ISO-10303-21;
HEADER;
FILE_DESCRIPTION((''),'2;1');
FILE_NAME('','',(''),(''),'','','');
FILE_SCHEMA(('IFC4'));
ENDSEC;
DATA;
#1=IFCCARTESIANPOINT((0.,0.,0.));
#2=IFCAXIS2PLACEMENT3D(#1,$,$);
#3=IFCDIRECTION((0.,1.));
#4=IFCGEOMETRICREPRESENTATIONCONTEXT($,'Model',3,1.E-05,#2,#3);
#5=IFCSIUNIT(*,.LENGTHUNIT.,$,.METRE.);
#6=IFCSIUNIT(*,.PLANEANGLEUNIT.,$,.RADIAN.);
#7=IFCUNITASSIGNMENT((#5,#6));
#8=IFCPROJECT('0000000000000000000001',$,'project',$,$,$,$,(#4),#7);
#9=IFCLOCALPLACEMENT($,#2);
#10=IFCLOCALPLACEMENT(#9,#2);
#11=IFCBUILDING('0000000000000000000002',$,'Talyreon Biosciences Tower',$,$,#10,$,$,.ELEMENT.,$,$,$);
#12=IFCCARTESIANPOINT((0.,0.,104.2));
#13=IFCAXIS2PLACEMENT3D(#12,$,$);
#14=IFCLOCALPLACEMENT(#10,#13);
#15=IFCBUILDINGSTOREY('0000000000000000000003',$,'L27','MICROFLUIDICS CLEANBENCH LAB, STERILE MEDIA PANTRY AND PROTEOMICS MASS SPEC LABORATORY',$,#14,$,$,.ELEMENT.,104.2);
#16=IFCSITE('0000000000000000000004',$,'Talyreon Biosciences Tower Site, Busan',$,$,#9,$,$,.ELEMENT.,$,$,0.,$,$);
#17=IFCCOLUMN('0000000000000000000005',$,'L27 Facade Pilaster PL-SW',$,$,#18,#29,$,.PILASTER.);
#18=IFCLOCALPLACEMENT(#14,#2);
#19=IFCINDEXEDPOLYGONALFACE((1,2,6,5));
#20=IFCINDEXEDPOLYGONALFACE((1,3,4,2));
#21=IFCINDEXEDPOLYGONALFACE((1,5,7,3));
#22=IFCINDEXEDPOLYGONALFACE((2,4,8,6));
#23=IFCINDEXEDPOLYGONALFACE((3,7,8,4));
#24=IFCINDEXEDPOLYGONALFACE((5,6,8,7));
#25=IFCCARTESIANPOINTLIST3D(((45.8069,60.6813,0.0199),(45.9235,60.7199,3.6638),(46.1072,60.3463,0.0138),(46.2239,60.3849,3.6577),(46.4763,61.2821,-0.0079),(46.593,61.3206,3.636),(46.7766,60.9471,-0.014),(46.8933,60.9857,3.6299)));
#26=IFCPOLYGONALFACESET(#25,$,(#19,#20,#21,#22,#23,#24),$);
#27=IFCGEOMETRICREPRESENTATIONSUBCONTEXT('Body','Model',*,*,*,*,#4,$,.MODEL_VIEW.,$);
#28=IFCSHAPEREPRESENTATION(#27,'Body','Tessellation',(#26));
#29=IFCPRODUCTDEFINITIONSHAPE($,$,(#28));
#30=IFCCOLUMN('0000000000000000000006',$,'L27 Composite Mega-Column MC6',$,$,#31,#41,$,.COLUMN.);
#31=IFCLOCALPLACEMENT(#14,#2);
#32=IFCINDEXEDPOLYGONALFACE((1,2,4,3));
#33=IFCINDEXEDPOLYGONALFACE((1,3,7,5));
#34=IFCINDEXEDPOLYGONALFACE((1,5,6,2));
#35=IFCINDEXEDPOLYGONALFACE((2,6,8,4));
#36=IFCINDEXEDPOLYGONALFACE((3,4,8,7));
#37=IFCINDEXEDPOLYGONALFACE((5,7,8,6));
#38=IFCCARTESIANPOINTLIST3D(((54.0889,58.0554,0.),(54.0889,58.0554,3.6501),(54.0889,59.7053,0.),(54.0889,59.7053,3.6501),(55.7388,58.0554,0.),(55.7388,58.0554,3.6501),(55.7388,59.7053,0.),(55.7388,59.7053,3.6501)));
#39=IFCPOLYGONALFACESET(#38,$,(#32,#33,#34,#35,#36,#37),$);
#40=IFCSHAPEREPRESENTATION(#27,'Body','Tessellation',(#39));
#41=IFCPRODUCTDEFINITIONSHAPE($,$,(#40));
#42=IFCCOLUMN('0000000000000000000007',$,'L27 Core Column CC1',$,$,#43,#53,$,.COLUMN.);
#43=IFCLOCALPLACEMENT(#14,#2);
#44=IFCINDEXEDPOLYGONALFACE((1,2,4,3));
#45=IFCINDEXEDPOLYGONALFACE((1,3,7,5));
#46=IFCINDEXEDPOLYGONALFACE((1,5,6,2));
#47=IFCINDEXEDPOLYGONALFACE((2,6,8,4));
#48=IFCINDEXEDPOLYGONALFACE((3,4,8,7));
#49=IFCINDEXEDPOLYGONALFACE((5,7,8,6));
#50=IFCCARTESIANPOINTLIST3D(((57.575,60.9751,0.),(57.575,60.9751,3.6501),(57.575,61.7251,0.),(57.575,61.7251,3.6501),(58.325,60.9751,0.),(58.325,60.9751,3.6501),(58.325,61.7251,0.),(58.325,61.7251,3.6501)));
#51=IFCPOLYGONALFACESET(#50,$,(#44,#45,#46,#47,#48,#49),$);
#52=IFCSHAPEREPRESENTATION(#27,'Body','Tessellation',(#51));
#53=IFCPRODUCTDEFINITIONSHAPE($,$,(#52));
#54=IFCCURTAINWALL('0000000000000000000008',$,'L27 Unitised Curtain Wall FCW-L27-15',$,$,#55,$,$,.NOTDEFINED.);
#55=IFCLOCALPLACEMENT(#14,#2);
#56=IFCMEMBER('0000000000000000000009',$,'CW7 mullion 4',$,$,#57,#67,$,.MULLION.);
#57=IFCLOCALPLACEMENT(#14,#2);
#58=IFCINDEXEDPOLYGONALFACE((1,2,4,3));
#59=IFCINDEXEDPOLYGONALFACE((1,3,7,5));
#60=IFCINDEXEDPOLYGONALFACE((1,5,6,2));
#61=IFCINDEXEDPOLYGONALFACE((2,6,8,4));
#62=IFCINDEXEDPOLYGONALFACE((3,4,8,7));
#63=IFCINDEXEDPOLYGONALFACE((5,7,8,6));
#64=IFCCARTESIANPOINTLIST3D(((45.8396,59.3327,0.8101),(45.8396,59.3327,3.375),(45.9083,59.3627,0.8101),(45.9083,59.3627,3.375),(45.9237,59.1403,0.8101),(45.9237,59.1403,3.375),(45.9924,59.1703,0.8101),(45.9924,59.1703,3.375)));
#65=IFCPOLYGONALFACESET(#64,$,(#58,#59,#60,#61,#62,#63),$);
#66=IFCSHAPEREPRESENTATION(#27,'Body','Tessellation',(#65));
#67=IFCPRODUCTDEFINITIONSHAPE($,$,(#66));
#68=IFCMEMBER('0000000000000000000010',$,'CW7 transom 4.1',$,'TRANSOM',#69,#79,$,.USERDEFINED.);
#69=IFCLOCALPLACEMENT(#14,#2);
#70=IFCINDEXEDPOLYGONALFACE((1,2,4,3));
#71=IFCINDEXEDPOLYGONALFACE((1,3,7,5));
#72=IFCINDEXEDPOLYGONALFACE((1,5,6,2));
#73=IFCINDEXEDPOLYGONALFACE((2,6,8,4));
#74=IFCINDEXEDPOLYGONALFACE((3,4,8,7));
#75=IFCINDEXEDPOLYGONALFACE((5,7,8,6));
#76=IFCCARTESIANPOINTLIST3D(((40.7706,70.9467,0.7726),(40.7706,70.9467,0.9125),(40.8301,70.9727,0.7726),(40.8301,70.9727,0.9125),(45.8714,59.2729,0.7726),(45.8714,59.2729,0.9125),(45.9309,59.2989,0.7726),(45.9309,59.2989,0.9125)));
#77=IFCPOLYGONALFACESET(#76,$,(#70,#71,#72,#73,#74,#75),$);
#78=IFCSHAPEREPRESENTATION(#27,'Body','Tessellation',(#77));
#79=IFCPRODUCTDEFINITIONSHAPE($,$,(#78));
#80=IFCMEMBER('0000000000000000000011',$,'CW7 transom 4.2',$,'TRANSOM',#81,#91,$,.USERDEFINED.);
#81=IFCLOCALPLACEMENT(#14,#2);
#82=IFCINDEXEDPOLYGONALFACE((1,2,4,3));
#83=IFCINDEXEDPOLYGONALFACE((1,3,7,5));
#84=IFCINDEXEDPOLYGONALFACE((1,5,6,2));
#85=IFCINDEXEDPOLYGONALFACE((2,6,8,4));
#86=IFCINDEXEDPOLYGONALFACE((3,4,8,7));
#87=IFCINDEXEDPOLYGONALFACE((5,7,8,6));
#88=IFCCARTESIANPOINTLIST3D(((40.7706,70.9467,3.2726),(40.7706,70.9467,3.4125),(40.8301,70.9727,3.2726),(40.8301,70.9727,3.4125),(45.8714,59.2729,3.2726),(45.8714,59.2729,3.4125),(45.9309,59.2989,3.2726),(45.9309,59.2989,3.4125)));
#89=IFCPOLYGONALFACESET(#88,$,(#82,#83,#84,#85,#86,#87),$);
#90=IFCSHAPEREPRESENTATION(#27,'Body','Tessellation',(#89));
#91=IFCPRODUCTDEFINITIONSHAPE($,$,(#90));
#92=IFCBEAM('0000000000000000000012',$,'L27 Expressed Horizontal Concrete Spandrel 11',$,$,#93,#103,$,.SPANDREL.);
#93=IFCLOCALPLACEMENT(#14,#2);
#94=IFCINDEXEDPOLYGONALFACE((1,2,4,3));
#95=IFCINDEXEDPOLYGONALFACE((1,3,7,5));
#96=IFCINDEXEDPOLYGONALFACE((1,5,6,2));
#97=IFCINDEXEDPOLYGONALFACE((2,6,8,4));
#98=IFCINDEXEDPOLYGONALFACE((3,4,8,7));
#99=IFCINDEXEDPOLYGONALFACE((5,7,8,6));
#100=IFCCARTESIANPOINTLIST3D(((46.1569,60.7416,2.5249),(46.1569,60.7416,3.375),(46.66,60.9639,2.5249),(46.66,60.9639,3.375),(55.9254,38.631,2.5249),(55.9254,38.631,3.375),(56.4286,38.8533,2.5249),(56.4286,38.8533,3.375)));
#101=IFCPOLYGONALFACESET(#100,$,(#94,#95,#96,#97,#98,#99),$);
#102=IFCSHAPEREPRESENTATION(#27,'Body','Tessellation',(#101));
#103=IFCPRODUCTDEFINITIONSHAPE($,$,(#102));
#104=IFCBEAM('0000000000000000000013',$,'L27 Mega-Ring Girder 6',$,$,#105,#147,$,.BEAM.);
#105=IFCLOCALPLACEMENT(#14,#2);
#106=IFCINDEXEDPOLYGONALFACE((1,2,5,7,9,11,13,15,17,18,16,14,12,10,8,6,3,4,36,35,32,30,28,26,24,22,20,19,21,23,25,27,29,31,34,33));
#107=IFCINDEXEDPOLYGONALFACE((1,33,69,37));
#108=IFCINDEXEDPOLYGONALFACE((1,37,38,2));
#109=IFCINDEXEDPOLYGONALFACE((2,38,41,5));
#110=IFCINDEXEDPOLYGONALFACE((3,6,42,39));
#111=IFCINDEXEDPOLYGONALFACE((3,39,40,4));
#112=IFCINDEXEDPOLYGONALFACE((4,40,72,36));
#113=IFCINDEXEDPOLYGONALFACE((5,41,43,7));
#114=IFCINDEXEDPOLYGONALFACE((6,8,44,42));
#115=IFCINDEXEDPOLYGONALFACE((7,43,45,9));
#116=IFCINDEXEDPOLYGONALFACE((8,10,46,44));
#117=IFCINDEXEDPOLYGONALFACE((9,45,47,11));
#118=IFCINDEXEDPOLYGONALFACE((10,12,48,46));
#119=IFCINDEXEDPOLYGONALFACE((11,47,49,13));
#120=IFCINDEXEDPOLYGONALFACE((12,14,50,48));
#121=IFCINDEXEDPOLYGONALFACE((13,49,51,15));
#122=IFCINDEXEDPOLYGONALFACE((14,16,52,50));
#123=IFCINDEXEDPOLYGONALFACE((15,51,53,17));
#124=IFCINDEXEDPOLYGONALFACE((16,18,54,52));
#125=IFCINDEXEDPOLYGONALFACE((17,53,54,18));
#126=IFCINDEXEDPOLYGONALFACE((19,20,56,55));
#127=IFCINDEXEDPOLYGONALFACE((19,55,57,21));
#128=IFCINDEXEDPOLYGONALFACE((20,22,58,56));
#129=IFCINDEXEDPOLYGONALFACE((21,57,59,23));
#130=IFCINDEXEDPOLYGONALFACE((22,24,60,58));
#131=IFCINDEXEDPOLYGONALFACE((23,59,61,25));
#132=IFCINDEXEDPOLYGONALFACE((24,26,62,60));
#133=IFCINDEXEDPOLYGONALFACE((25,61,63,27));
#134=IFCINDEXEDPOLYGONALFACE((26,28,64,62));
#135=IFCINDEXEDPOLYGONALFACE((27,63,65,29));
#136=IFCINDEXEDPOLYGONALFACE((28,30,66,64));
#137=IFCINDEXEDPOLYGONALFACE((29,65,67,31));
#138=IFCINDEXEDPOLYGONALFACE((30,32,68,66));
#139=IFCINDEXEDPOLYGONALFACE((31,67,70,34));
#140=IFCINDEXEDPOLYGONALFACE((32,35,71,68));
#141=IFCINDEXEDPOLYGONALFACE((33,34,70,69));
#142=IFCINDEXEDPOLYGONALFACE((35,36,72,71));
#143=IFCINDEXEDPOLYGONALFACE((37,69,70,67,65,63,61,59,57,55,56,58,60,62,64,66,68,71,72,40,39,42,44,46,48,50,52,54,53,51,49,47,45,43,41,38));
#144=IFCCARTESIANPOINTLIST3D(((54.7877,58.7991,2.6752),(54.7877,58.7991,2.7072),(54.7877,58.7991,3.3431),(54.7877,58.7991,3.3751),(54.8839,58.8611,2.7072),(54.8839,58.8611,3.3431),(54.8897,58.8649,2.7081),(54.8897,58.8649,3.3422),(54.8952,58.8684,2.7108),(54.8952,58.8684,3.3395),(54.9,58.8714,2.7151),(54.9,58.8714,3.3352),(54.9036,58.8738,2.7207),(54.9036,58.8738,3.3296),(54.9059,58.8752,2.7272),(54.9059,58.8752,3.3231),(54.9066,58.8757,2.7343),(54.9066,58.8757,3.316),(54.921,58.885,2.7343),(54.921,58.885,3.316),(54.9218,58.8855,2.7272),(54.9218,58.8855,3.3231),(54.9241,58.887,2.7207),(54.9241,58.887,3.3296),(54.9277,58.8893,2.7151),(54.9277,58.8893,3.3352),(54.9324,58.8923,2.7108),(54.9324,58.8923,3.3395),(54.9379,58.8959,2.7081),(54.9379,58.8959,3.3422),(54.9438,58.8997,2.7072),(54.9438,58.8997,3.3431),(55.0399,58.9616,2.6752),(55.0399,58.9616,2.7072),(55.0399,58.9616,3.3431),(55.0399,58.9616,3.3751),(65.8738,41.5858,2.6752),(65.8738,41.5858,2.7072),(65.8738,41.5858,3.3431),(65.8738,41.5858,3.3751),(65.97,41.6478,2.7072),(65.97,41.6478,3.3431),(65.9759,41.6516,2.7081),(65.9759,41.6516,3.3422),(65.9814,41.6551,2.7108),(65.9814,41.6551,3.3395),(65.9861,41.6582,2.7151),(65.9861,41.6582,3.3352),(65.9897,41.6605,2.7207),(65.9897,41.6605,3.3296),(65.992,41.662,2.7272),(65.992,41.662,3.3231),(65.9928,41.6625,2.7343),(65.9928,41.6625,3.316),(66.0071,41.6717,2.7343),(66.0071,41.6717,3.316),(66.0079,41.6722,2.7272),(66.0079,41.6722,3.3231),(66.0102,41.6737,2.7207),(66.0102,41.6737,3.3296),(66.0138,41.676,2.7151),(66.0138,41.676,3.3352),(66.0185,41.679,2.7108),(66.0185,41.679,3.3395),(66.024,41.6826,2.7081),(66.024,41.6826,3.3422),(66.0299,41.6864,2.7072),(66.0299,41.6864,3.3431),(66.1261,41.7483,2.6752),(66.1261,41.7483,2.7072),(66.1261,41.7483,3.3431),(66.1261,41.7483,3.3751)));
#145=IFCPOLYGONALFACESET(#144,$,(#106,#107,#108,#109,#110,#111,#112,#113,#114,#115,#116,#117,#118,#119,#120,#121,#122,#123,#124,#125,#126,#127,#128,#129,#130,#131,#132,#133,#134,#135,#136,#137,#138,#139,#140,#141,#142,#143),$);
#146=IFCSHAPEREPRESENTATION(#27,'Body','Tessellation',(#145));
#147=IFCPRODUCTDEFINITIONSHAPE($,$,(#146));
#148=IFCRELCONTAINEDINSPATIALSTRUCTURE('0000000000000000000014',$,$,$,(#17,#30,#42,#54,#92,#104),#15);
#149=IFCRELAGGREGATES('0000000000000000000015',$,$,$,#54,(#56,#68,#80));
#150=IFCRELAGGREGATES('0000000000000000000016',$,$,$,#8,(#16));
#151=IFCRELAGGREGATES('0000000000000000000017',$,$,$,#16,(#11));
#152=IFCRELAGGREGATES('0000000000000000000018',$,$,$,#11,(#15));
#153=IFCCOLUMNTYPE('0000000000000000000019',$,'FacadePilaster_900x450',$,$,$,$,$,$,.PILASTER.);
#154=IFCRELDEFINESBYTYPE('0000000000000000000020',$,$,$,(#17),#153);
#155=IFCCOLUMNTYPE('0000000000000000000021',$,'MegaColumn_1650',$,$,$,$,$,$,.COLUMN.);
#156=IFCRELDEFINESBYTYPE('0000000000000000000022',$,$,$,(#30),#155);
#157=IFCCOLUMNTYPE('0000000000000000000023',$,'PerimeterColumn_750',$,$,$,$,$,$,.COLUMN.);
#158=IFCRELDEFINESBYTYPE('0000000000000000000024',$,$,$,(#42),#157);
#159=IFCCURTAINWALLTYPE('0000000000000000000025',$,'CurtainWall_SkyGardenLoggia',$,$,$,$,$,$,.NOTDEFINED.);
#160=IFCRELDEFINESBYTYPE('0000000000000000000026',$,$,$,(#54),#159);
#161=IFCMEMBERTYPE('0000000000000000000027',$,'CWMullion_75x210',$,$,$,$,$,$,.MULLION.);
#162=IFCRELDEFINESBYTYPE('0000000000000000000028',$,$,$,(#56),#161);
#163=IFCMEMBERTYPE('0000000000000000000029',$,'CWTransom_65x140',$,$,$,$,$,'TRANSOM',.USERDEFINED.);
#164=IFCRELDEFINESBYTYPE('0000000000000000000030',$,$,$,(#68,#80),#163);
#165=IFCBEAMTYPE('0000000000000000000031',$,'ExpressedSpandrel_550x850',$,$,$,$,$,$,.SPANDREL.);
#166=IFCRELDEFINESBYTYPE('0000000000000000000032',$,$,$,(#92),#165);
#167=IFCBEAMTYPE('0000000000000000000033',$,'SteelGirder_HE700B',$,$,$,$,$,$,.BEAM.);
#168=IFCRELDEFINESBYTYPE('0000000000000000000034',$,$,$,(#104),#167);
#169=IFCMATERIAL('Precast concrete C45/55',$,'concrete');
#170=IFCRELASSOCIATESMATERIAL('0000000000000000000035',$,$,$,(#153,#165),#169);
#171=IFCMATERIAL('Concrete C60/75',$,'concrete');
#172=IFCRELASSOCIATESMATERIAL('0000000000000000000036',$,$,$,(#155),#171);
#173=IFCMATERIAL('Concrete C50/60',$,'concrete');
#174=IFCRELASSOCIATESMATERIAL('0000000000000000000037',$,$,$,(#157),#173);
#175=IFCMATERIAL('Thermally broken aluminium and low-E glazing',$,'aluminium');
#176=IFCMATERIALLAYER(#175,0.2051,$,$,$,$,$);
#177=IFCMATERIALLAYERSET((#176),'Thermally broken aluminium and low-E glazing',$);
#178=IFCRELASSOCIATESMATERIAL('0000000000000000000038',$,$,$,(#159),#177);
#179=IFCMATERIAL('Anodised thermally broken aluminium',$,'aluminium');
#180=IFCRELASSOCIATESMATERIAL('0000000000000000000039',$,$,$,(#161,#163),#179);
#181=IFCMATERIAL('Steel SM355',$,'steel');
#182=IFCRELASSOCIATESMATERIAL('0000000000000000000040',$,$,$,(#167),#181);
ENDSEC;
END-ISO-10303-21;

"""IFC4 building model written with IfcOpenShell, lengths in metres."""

from ifc_helpers import new_model, si_unit, direction, frame, origin, origin_2d, place, context, subcontext, project, spatial, rectangle, i_section, extrude, material, layer, layer_set, material_profile, profile_set, type_object, element, aggregate, save


model = new_model("IFC4")

# Units and contexts
model_context = context("Model", 3, precision=1e-05, world=origin(), true_north=direction((0.0, 1.0)))
body_context = subcontext(model_context, "Body", "Model", "MODEL_VIEW")
ifc_project = project(units=[si_unit("LENGTHUNIT", "METRE"), si_unit("PLANEANGLEUNIT", "RADIAN")], contexts=[model_context])

# Site, building, storey
site_placement = place(None, origin())
site = spatial("IfcSite", under=ifc_project, at=site_placement, Name="Talyreon Biosciences Tower Site, Busan", CompositionType="ELEMENT", RefElevation=0.0)
building_placement = place(site_placement, origin())
building = spatial("IfcBuilding", under=site, at=building_placement, Name="Talyreon Biosciences Tower", CompositionType="ELEMENT")
storey_placement = place(building_placement, frame((0.0, 0.0, 104.2)))
storey = spatial("IfcBuildingStorey", under=building, at=storey_placement, Name="L27", Description="MICROFLUIDICS CLEANBENCH LAB, STERILE MEDIA PANTRY AND PROTEOMICS MASS SPEC LABORATORY", CompositionType="ELEMENT", Elevation=104.2)

# Columns
ifc_material_1 = material(Name="Precast concrete C45/55", Category="concrete")
ifc_material_profile_1 = material_profile(ifc_material_1, rectangle(XDim=0.8999, YDim=0.45, at=origin_2d()), Name="RC 900x450")
ifc_profile_set_1 = profile_set([ifc_material_profile_1], Name="Precast concrete C45/55")
column_type_1 = type_object("IfcColumnType", Name="FacadePilaster_900x450", PredefinedType="PILASTER", material=ifc_profile_set_1)
column_1_placement = place(storey_placement, frame((46.2917, 60.8142, 0.0029), z_axis=(0.032006, 0.01058, 0.999432), x_axis=(0.743899, 0.667578, -0.03089)))
element("IfcColumn", 1, at=column_1_placement, inside=storey, type_object=column_type_1, Name="L27 Facade Pilaster PL-SW", PredefinedType="PILASTER", context=body_context, shape_type="SweptSolid", body=[
    extrude(rectangle(XDim=0.8999, YDim=0.45, at=origin_2d()), origin(), (0.0, 0.0, 1.0), 3.646),
])
ifc_material_2 = material(Name="Concrete C60/75", Category="concrete")
ifc_material_profile_2 = material_profile(ifc_material_2, rectangle(XDim=1.6499, YDim=1.6499, at=origin_2d()), Name="RC 1650x1650")
ifc_profile_set_2 = profile_set([ifc_material_profile_2], Name="Concrete C60/75")
column_type_2 = type_object("IfcColumnType", Name="MegaColumn_1650", PredefinedType="COLUMN", material=ifc_profile_set_2)
column_2_placement = place(storey_placement, frame((54.9138, 58.8804, 0.0), z_axis=(0.0, 0.0, 1.0), x_axis=(1.0, 0.0, 0.0)))
element("IfcColumn", 2, at=column_2_placement, inside=storey, type_object=column_type_2, Name="L27 Composite Mega-Column MC6", PredefinedType="COLUMN", context=body_context, shape_type="SweptSolid", body=[
    extrude(rectangle(XDim=1.6499, YDim=1.6499, at=origin_2d()), origin(), (0.0, 0.0, 1.0), 3.6501),
])
ifc_material_3 = material(Name="Concrete C50/60", Category="concrete")
ifc_material_profile_3 = material_profile(ifc_material_3, rectangle(XDim=0.75, YDim=0.75, at=origin_2d()), Name="RC 750x750")
ifc_profile_set_3 = profile_set([ifc_material_profile_3], Name="Concrete C50/60")
column_type_3 = type_object("IfcColumnType", Name="PerimeterColumn_750", PredefinedType="COLUMN", material=ifc_profile_set_3)
column_3_placement = place(storey_placement, frame((57.95, 61.3501, 0.0), z_axis=(0.0, 0.0, 1.0), x_axis=(1.0, 0.0, 0.0)))
element("IfcColumn", 3, at=column_3_placement, inside=storey, type_object=column_type_3, Name="L27 Core Column CC1", PredefinedType="COLUMN", context=body_context, shape_type="SweptSolid", body=[
    extrude(rectangle(XDim=0.75, YDim=0.75, at=origin_2d()), origin(), (0.0, 0.0, 1.0), 3.6501),
])

# Curtain wall, members
ifc_material_4 = material(Name="Thermally broken aluminium and low-E glazing", Category="aluminium")
ifc_layer_1 = layer(ifc_material_4, 0.2051)
ifc_layer_set_1 = layer_set([ifc_layer_1], Name="Thermally broken aluminium and low-E glazing")
curtain_wall_type = type_object("IfcCurtainWallType", Name="CurtainWall_SkyGardenLoggia", PredefinedType="NOTDEFINED", material=ifc_layer_set_1)
curtain_wall_placement = place(storey_placement, origin())
curtain_wall = element("IfcCurtainWall", 4, at=curtain_wall_placement, inside=storey, type_object=curtain_wall_type, Name="L27 Unitised Curtain Wall FCW-L27-15", PredefinedType="NOTDEFINED")
ifc_material_5 = material(Name="Anodised thermally broken aluminium", Category="aluminium")
ifc_material_profile_4 = material_profile(ifc_material_5, rectangle(XDim=0.075, YDim=0.21, at=origin_2d()), Name="ALUM MULLION 75x210")
ifc_profile_set_4 = profile_set([ifc_material_profile_4], Name="Anodised thermally broken aluminium")
member_type_1 = type_object("IfcMemberType", Name="CWMullion_75x210", PredefinedType="MULLION", material=ifc_profile_set_4)
member_1_placement = place(storey_placement, frame((45.916, 59.2515, 0.8101), z_axis=(0.0, 0.0, 1.0), x_axis=(-0.916346, -0.400387, 0.0)))
member_1 = element("IfcMember", 5, at=member_1_placement, type_object=member_type_1, Name="CW7 mullion 4", PredefinedType="MULLION", context=body_context, shape_type="SweptSolid", body=[
    extrude(rectangle(XDim=0.075, YDim=0.21, at=origin_2d()), origin(), (0.0, 0.0, 1.0), 2.5649),
])
ifc_material_profile_5 = material_profile(ifc_material_5, rectangle(XDim=0.0649, YDim=0.1399, at=origin_2d()), Name="ALUM TRANSOM 65x140")
ifc_profile_set_5 = profile_set([ifc_material_profile_5], Name="Anodised thermally broken aluminium")
member_type_2 = type_object("IfcMemberType", Name="CWTransom_65x140", ElementType="TRANSOM", PredefinedType="USERDEFINED", material=ifc_profile_set_5)
member_2_placement = place(storey_placement, frame((45.9011, 59.2859, 0.8425), z_axis=(-0.400393, 0.916344, 0.0), x_axis=(-0.916344, -0.400393, 0.0)))
member_2 = element("IfcMember", 6, at=member_2_placement, type_object=member_type_2, Name="CW7 transom 4.1", ObjectType="TRANSOM", PredefinedType="USERDEFINED", context=body_context, shape_type="SweptSolid", body=[
    extrude(rectangle(XDim=0.0649, YDim=0.1399, at=origin_2d()), origin(), (0.0, 0.0, 1.0), 12.7395),
])
member_3_placement = place(storey_placement, frame((45.9011, 59.2859, 3.3425), z_axis=(-0.400393, 0.916344, 0.0), x_axis=(-0.916344, -0.400393, 0.0)))
member_3 = element("IfcMember", 7, at=member_3_placement, type_object=member_type_2, Name="CW7 transom 4.2", ObjectType="TRANSOM", PredefinedType="USERDEFINED", context=body_context, shape_type="SweptSolid", body=[
    extrude(rectangle(XDim=0.0649, YDim=0.1399, at=origin_2d()), origin(), (0.0, 0.0, 1.0), 12.7395),
])

# Beams
ifc_material_profile_6 = material_profile(ifc_material_1, rectangle(XDim=0.55, YDim=0.8501, at=origin_2d()), Name="RCB 550x850")
ifc_profile_set_6 = profile_set([ifc_material_profile_6], Name="Precast concrete C45/55")
beam_type_1 = type_object("IfcBeamType", Name="ExpressedSpandrel_550x850", PredefinedType="SPANDREL", material=ifc_profile_set_6)
beam_1_placement = place(storey_placement, frame((46.4084, 60.8528, 2.95), z_axis=(0.404121, -0.914706, 0.0), x_axis=(0.914706, 0.404121, 0.0)))
element("IfcBeam", 8, at=beam_1_placement, inside=storey, type_object=beam_type_1, Name="L27 Expressed Horizontal Concrete Spandrel 11", PredefinedType="SPANDREL", context=body_context, shape_type="SweptSolid", body=[
    extrude(rectangle(XDim=0.55, YDim=0.8501, at=origin_2d()), origin(), (0.0, 0.0, 1.0), 24.1724),
])
ifc_material_6 = material(Name="Steel SM355", Category="steel")
ifc_material_profile_7 = material_profile(ifc_material_6, i_section(OverallWidth=0.3, OverallDepth=0.7, WebThickness=0.0171, FlangeThickness=0.032, FilletRadius=0.0271, at=origin_2d()), Name="HE700B")
ifc_profile_set_7 = profile_set([ifc_material_profile_7], Name="Steel SM355")
beam_type_2 = type_object("IfcBeamType", Name="SteelGirder_HE700B", PredefinedType="BEAM", material=ifc_profile_set_7)
beam_2_placement = place(storey_placement, frame((54.9138, 58.8804, 3.0251), z_axis=(0.541464, -0.840724, 0.0), x_axis=(0.840724, 0.541464, 0.0)))
element("IfcBeam", 9, at=beam_2_placement, inside=storey, type_object=beam_type_2, Name="L27 Mega-Ring Girder 6", PredefinedType="BEAM", context=body_context, shape_type="SweptSolid", body=[
    extrude(i_section(OverallWidth=0.3, OverallDepth=0.7, WebThickness=0.0171, FlangeThickness=0.032, FilletRadius=0.0271, at=origin_2d()), origin(), (0.0, 0.0, 1.0), 20.4744),
])

aggregate(curtain_wall, [member_1, member_2, member_3])

save(model, "model.ifc")
